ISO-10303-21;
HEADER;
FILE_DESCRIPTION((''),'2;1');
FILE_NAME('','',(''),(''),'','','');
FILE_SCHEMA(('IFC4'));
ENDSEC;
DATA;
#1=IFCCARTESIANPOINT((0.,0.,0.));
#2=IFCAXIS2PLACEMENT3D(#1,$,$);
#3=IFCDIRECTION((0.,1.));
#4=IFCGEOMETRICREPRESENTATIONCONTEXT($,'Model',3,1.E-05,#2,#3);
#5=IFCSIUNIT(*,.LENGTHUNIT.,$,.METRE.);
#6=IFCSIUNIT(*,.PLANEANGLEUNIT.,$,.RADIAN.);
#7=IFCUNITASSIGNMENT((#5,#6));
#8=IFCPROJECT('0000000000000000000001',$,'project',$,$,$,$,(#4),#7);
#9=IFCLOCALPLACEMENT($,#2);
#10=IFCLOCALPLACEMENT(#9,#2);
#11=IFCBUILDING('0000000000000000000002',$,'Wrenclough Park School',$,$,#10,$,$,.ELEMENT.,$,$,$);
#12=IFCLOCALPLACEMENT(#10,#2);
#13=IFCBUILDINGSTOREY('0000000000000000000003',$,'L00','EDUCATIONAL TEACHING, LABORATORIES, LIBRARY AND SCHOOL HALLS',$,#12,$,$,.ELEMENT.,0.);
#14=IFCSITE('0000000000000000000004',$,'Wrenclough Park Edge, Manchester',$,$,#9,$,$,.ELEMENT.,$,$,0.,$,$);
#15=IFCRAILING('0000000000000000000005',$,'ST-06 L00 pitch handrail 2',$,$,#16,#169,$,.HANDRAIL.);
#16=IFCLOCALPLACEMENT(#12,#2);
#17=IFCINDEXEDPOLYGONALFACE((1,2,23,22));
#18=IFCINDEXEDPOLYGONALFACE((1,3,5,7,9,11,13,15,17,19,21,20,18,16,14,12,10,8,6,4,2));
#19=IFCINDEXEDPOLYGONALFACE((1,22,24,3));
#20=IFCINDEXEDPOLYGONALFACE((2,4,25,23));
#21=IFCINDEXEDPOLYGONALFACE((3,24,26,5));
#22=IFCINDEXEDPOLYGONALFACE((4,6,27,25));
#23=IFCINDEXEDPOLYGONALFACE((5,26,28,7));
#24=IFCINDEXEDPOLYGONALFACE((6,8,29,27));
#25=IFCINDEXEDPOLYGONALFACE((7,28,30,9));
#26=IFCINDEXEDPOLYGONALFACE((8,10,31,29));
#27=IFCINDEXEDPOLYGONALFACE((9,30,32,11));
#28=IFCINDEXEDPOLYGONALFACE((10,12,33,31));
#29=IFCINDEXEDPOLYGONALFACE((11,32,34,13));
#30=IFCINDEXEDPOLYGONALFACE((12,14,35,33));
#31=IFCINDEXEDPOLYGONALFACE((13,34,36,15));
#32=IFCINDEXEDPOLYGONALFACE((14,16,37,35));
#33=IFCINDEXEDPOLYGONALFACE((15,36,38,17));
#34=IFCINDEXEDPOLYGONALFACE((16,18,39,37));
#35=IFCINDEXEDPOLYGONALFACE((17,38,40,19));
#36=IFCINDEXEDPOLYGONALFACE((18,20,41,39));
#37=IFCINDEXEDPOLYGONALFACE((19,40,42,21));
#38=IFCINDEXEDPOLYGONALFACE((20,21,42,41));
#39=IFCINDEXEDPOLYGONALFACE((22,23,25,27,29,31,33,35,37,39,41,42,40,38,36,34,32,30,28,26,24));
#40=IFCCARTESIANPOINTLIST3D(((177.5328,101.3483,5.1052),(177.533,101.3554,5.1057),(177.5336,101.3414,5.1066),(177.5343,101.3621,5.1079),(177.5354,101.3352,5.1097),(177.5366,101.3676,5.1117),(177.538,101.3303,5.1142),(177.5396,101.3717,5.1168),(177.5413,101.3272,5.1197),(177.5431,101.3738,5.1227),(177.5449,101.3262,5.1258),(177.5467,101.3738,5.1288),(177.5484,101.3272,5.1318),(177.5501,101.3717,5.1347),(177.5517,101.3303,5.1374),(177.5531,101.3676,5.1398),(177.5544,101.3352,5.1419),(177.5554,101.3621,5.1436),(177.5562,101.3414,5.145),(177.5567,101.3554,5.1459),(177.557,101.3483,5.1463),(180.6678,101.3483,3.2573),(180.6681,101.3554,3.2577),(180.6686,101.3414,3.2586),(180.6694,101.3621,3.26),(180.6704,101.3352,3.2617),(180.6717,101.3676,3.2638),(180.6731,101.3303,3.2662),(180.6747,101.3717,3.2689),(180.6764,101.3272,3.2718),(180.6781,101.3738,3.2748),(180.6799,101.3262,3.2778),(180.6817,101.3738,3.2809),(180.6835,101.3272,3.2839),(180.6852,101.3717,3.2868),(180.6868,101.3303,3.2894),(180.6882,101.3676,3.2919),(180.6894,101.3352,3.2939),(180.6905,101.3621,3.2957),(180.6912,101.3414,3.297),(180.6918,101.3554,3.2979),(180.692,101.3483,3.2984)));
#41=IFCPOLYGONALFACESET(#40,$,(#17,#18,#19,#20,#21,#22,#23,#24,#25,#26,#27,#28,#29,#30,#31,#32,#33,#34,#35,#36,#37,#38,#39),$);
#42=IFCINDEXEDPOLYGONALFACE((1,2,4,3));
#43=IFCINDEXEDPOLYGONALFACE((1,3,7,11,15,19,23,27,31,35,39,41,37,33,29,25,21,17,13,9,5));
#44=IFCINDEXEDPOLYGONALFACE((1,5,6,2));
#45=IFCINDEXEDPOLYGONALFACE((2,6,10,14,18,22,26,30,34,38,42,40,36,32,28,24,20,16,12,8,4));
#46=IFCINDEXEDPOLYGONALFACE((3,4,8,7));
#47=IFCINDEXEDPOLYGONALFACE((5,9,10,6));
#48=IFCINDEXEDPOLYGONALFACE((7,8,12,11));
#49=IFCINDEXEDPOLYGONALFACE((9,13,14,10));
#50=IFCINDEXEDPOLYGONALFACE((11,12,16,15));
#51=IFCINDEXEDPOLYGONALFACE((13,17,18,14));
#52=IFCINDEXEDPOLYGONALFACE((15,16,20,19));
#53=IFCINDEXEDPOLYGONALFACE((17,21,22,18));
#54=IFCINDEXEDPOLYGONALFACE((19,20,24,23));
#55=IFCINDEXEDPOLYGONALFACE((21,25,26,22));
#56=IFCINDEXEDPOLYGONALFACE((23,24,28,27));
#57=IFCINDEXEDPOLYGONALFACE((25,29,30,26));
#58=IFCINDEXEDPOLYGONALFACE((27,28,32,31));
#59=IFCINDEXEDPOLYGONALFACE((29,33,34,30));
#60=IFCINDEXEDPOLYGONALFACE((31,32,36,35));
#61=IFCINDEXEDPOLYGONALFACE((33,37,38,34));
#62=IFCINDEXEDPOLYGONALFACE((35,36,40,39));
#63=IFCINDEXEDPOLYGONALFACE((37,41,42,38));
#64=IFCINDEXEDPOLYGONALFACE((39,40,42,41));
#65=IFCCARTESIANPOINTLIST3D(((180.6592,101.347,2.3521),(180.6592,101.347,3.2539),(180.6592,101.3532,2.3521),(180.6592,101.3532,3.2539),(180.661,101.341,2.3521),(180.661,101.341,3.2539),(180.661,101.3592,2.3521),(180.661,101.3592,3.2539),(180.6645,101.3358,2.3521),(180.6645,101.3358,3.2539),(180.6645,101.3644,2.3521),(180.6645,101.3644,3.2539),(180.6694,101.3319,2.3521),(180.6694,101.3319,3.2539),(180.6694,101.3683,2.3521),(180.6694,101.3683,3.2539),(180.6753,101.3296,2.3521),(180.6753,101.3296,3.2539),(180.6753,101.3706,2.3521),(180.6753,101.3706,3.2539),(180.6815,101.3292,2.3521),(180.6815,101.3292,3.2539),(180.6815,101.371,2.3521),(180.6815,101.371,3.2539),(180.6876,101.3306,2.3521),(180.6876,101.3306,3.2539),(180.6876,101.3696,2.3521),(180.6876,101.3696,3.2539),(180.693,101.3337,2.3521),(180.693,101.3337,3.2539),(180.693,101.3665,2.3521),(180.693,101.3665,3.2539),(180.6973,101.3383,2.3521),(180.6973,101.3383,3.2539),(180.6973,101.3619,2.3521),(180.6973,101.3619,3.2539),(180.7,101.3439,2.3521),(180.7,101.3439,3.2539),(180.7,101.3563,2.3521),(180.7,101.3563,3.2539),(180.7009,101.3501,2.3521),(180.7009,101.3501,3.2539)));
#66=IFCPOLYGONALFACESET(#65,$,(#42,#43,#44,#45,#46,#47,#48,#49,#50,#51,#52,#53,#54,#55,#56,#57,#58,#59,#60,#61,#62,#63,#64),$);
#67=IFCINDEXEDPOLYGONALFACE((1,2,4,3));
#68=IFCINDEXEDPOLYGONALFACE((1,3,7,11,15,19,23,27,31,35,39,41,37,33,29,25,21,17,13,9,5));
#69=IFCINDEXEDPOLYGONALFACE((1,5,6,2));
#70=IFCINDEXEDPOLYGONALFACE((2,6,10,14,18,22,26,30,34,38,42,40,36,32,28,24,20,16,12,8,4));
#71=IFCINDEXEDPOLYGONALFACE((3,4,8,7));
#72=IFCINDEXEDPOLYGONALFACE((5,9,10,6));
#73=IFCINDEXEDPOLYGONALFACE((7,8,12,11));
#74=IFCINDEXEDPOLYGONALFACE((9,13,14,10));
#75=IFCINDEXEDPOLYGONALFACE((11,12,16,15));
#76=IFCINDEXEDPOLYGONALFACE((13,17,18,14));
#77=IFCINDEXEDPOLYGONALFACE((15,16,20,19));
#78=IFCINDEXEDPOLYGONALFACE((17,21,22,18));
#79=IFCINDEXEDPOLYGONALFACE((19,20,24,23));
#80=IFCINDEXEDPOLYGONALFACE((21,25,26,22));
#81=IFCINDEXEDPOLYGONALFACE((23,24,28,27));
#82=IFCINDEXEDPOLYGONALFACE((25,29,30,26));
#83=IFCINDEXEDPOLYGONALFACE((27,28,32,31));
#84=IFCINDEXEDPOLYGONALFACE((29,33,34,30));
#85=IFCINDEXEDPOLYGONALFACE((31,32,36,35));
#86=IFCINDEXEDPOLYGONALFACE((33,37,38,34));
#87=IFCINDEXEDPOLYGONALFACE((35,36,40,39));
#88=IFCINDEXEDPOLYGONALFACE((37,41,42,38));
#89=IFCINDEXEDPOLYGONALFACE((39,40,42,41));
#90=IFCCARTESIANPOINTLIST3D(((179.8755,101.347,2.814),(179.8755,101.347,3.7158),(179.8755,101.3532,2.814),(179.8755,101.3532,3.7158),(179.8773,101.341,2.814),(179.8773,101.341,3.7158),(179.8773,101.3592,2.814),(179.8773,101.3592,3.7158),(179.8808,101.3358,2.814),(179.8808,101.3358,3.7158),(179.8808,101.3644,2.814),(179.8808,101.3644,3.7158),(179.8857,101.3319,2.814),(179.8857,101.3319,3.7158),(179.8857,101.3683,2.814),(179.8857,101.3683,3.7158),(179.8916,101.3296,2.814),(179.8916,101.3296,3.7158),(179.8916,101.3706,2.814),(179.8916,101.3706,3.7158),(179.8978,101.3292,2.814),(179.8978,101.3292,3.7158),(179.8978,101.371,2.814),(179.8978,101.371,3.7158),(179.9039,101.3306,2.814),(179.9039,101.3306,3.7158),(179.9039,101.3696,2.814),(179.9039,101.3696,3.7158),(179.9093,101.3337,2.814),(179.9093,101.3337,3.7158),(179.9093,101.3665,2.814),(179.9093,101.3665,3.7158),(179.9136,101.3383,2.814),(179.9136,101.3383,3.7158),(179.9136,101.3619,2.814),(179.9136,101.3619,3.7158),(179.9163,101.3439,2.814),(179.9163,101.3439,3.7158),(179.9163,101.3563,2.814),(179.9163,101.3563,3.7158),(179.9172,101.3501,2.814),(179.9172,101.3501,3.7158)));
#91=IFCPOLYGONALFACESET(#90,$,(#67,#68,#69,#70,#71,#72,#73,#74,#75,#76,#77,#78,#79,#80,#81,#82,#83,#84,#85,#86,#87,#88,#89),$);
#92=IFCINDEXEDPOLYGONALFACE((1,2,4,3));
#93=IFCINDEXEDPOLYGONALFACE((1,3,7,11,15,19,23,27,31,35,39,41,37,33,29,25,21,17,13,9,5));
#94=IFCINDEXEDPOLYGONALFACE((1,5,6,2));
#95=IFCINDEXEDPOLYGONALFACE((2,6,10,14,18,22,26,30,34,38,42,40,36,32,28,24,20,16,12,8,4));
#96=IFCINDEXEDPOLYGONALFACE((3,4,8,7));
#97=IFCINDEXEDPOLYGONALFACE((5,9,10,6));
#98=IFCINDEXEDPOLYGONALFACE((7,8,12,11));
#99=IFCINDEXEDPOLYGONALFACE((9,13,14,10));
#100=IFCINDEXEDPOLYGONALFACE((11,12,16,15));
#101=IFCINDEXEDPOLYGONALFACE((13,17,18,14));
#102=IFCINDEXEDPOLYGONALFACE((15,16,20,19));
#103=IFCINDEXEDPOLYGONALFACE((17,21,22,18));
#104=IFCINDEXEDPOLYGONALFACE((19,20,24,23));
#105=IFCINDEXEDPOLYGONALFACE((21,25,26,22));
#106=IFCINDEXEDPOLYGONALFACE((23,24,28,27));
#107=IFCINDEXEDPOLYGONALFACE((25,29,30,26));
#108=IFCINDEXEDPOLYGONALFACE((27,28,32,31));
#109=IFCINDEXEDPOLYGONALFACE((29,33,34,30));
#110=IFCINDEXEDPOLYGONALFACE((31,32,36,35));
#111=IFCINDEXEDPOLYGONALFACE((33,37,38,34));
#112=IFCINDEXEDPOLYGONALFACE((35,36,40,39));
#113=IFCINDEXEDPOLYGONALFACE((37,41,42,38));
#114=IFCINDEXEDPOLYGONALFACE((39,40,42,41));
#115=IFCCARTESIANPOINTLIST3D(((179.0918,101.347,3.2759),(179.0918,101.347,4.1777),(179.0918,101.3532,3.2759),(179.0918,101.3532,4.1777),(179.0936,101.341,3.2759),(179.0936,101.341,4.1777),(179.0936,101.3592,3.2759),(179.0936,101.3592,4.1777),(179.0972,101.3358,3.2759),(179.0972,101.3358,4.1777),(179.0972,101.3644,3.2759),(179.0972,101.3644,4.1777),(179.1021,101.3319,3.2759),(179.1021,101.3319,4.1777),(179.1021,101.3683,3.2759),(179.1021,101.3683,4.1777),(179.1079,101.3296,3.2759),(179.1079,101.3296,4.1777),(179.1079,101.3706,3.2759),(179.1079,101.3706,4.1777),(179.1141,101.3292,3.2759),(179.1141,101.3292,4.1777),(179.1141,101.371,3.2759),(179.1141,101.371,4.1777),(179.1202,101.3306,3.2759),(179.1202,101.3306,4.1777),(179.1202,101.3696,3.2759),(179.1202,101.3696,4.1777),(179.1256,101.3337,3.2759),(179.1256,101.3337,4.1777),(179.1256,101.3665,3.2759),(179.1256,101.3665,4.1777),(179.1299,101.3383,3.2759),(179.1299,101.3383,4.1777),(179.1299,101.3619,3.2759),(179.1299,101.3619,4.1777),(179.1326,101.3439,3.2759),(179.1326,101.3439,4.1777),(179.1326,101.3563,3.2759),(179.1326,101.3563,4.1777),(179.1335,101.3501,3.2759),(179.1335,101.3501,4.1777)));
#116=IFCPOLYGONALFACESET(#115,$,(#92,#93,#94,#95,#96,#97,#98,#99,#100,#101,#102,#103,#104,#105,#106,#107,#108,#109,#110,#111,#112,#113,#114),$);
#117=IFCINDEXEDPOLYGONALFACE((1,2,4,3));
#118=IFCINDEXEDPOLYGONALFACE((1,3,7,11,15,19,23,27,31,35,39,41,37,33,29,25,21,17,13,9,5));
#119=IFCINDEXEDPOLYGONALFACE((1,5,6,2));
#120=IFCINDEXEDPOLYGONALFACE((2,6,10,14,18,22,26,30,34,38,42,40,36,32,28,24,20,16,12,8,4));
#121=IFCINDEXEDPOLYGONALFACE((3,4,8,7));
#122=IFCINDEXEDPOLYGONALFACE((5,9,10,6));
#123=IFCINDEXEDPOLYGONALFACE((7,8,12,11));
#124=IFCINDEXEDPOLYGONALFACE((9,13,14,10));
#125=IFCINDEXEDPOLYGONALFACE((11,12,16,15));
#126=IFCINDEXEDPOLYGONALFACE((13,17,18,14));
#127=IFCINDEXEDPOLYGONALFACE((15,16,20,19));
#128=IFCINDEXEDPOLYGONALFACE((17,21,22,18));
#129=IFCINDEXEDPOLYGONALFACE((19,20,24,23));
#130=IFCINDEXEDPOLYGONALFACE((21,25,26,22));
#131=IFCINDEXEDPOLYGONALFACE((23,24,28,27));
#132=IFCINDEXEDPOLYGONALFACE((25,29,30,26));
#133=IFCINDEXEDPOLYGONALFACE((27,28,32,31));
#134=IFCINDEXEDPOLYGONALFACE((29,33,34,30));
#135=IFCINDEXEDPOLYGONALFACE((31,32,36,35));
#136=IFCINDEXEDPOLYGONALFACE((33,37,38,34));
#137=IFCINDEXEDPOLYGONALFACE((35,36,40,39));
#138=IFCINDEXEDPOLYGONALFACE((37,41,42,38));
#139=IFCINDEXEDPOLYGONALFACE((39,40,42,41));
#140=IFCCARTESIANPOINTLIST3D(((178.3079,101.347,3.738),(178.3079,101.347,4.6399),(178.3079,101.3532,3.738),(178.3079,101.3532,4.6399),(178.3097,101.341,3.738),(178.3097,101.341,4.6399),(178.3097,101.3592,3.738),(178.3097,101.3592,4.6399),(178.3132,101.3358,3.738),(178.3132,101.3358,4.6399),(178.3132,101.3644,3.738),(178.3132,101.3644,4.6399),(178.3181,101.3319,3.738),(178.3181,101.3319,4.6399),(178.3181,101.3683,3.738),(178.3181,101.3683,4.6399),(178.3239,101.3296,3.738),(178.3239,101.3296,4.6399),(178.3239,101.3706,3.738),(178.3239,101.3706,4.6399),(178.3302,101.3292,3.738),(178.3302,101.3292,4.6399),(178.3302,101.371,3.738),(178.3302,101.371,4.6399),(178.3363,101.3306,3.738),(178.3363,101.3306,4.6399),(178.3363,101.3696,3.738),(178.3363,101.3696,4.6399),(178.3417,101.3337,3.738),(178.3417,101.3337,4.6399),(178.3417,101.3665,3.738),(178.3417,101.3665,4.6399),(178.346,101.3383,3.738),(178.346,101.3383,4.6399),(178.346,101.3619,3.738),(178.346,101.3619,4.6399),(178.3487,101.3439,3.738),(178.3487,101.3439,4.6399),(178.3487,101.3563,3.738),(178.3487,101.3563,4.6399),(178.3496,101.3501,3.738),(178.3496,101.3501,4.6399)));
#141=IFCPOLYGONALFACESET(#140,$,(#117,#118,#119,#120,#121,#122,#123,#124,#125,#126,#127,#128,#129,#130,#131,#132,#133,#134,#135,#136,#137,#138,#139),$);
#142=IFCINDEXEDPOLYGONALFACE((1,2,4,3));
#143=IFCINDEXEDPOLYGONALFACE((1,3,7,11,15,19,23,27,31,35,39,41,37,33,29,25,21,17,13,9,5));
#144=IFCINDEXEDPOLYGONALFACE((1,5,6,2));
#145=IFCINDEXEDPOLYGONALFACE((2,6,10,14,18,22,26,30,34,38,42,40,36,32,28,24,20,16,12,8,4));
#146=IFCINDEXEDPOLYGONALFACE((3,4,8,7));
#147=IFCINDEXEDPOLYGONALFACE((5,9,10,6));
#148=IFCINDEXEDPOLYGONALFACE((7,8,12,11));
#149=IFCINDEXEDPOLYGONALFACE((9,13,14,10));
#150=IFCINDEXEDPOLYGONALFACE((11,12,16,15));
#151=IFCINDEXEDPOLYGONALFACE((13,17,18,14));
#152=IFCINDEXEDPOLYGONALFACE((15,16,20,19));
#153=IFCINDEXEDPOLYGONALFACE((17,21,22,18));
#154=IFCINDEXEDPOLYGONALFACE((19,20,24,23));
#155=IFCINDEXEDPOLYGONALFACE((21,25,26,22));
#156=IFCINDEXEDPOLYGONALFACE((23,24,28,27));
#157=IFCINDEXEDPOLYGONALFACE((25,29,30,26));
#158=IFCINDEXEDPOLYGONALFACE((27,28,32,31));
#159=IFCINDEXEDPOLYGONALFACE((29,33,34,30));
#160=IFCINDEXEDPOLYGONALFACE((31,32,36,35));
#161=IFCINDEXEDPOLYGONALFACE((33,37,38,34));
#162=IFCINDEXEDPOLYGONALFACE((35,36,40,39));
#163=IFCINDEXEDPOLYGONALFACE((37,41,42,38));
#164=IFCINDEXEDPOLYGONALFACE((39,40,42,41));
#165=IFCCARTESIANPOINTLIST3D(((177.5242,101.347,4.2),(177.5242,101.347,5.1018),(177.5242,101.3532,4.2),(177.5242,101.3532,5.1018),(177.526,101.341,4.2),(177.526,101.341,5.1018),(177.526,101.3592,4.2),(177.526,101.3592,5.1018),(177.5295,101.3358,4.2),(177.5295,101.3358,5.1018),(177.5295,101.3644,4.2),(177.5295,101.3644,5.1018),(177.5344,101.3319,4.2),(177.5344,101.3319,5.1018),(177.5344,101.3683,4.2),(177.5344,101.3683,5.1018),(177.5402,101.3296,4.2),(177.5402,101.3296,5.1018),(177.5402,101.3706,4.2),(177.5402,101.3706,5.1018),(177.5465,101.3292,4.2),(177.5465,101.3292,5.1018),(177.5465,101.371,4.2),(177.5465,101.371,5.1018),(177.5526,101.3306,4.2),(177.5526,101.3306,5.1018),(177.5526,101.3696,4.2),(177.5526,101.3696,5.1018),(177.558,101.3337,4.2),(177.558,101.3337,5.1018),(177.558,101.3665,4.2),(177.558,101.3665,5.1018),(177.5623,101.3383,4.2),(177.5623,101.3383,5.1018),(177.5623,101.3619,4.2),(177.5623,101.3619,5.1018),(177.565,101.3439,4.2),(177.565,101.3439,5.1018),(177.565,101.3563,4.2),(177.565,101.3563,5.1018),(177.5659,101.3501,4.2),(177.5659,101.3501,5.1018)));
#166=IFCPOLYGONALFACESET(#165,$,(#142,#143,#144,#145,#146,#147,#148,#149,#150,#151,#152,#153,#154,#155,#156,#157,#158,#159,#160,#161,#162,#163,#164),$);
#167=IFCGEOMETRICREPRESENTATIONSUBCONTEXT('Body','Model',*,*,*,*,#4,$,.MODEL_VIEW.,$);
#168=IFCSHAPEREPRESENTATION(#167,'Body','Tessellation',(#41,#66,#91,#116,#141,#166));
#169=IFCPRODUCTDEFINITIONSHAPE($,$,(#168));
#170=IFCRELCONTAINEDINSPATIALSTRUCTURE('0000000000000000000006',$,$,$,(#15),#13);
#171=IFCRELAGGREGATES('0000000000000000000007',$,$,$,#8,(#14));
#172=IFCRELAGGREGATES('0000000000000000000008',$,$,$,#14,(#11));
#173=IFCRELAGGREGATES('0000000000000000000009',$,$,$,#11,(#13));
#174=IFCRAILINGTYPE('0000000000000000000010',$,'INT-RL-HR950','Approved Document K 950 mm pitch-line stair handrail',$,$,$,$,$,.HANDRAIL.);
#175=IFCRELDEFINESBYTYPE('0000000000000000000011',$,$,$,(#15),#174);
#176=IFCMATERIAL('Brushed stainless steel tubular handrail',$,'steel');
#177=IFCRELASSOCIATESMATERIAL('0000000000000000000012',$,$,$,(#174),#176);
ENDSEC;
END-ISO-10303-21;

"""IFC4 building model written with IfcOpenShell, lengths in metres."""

from ifc_helpers import new_model, si_unit, direction, frame, origin, origin_2d, place, context, subcontext, project, spatial, circle, extrude, material, type_object, element, save


model = new_model("IFC4")

# Units and contexts
model_context = context("Model", 3, precision=1e-05, world=origin(), true_north=direction((0.0, 1.0)))
body_context = subcontext(model_context, "Body", "Model", "MODEL_VIEW")
ifc_project = project(units=[si_unit("LENGTHUNIT", "METRE"), si_unit("PLANEANGLEUNIT", "RADIAN")], contexts=[model_context])

# Site, building, storey
site_placement = place(None, origin())
site = spatial("IfcSite", under=ifc_project, at=site_placement, Name="Wrenclough Park Edge, Manchester", CompositionType="ELEMENT", RefElevation=0.0)
building_placement = place(site_placement, origin())
building = spatial("IfcBuilding", under=site, at=building_placement, Name="Wrenclough Park School", CompositionType="ELEMENT")
storey_placement = place(building_placement, origin())
storey = spatial("IfcBuildingStorey", under=building, at=storey_placement, Name="L00", Description="EDUCATIONAL TEACHING, LABORATORIES, LIBRARY AND SCHOOL HALLS", CompositionType="ELEMENT", Elevation=0.0)

# Railing
ifc_material_1 = material(Name="Brushed stainless steel tubular handrail", Category="steel")
railing_type = type_object("IfcRailingType", Name="INT-RL-HR950", Description="Approved Document K 950 mm pitch-line stair handrail", PredefinedType="HANDRAIL", material=ifc_material_1)
railing_placement = place(storey_placement, frame((180.6799, 101.3501, 2.3521)))
element("IfcRailing", 1, at=railing_placement, inside=storey, type_object=railing_type, Name="ST-06 L00 pitch handrail 2", PredefinedType="HANDRAIL", context=body_context, shape_type="SweptSolid", body=[
    extrude(circle(Radius=0.0239, at=origin_2d()), frame((0.0, 0.0, 0.9258), z_axis=(-0.86148, 0.0, 0.507791), x_axis=(0.0, -1.0, 0.0)), (0.0, 0.0, 1.0), 3.6392),
    extrude(circle(Radius=0.021, at=origin_2d()), origin(), (0.0, 0.0, 1.0), 0.9019),
    extrude(circle(Radius=0.021, at=origin_2d()), frame((-0.7837, 0.0, 0.4619)), (0.0, 0.0, 1.0), 0.9019),
    extrude(circle(Radius=0.021, at=origin_2d()), frame((-1.5674, 0.0, 0.9238)), (0.0, 0.0, 1.0), 0.9019),
    extrude(circle(Radius=0.021, at=origin_2d()), frame((-2.3513, 0.0, 1.386)), (0.0, 0.0, 1.0), 0.9019),
    extrude(circle(Radius=0.021, at=origin_2d()), frame((-3.135, 0.0, 1.8479)), (0.0, 0.0, 1.0), 0.9019),
])

save(model, "model.ifc")
